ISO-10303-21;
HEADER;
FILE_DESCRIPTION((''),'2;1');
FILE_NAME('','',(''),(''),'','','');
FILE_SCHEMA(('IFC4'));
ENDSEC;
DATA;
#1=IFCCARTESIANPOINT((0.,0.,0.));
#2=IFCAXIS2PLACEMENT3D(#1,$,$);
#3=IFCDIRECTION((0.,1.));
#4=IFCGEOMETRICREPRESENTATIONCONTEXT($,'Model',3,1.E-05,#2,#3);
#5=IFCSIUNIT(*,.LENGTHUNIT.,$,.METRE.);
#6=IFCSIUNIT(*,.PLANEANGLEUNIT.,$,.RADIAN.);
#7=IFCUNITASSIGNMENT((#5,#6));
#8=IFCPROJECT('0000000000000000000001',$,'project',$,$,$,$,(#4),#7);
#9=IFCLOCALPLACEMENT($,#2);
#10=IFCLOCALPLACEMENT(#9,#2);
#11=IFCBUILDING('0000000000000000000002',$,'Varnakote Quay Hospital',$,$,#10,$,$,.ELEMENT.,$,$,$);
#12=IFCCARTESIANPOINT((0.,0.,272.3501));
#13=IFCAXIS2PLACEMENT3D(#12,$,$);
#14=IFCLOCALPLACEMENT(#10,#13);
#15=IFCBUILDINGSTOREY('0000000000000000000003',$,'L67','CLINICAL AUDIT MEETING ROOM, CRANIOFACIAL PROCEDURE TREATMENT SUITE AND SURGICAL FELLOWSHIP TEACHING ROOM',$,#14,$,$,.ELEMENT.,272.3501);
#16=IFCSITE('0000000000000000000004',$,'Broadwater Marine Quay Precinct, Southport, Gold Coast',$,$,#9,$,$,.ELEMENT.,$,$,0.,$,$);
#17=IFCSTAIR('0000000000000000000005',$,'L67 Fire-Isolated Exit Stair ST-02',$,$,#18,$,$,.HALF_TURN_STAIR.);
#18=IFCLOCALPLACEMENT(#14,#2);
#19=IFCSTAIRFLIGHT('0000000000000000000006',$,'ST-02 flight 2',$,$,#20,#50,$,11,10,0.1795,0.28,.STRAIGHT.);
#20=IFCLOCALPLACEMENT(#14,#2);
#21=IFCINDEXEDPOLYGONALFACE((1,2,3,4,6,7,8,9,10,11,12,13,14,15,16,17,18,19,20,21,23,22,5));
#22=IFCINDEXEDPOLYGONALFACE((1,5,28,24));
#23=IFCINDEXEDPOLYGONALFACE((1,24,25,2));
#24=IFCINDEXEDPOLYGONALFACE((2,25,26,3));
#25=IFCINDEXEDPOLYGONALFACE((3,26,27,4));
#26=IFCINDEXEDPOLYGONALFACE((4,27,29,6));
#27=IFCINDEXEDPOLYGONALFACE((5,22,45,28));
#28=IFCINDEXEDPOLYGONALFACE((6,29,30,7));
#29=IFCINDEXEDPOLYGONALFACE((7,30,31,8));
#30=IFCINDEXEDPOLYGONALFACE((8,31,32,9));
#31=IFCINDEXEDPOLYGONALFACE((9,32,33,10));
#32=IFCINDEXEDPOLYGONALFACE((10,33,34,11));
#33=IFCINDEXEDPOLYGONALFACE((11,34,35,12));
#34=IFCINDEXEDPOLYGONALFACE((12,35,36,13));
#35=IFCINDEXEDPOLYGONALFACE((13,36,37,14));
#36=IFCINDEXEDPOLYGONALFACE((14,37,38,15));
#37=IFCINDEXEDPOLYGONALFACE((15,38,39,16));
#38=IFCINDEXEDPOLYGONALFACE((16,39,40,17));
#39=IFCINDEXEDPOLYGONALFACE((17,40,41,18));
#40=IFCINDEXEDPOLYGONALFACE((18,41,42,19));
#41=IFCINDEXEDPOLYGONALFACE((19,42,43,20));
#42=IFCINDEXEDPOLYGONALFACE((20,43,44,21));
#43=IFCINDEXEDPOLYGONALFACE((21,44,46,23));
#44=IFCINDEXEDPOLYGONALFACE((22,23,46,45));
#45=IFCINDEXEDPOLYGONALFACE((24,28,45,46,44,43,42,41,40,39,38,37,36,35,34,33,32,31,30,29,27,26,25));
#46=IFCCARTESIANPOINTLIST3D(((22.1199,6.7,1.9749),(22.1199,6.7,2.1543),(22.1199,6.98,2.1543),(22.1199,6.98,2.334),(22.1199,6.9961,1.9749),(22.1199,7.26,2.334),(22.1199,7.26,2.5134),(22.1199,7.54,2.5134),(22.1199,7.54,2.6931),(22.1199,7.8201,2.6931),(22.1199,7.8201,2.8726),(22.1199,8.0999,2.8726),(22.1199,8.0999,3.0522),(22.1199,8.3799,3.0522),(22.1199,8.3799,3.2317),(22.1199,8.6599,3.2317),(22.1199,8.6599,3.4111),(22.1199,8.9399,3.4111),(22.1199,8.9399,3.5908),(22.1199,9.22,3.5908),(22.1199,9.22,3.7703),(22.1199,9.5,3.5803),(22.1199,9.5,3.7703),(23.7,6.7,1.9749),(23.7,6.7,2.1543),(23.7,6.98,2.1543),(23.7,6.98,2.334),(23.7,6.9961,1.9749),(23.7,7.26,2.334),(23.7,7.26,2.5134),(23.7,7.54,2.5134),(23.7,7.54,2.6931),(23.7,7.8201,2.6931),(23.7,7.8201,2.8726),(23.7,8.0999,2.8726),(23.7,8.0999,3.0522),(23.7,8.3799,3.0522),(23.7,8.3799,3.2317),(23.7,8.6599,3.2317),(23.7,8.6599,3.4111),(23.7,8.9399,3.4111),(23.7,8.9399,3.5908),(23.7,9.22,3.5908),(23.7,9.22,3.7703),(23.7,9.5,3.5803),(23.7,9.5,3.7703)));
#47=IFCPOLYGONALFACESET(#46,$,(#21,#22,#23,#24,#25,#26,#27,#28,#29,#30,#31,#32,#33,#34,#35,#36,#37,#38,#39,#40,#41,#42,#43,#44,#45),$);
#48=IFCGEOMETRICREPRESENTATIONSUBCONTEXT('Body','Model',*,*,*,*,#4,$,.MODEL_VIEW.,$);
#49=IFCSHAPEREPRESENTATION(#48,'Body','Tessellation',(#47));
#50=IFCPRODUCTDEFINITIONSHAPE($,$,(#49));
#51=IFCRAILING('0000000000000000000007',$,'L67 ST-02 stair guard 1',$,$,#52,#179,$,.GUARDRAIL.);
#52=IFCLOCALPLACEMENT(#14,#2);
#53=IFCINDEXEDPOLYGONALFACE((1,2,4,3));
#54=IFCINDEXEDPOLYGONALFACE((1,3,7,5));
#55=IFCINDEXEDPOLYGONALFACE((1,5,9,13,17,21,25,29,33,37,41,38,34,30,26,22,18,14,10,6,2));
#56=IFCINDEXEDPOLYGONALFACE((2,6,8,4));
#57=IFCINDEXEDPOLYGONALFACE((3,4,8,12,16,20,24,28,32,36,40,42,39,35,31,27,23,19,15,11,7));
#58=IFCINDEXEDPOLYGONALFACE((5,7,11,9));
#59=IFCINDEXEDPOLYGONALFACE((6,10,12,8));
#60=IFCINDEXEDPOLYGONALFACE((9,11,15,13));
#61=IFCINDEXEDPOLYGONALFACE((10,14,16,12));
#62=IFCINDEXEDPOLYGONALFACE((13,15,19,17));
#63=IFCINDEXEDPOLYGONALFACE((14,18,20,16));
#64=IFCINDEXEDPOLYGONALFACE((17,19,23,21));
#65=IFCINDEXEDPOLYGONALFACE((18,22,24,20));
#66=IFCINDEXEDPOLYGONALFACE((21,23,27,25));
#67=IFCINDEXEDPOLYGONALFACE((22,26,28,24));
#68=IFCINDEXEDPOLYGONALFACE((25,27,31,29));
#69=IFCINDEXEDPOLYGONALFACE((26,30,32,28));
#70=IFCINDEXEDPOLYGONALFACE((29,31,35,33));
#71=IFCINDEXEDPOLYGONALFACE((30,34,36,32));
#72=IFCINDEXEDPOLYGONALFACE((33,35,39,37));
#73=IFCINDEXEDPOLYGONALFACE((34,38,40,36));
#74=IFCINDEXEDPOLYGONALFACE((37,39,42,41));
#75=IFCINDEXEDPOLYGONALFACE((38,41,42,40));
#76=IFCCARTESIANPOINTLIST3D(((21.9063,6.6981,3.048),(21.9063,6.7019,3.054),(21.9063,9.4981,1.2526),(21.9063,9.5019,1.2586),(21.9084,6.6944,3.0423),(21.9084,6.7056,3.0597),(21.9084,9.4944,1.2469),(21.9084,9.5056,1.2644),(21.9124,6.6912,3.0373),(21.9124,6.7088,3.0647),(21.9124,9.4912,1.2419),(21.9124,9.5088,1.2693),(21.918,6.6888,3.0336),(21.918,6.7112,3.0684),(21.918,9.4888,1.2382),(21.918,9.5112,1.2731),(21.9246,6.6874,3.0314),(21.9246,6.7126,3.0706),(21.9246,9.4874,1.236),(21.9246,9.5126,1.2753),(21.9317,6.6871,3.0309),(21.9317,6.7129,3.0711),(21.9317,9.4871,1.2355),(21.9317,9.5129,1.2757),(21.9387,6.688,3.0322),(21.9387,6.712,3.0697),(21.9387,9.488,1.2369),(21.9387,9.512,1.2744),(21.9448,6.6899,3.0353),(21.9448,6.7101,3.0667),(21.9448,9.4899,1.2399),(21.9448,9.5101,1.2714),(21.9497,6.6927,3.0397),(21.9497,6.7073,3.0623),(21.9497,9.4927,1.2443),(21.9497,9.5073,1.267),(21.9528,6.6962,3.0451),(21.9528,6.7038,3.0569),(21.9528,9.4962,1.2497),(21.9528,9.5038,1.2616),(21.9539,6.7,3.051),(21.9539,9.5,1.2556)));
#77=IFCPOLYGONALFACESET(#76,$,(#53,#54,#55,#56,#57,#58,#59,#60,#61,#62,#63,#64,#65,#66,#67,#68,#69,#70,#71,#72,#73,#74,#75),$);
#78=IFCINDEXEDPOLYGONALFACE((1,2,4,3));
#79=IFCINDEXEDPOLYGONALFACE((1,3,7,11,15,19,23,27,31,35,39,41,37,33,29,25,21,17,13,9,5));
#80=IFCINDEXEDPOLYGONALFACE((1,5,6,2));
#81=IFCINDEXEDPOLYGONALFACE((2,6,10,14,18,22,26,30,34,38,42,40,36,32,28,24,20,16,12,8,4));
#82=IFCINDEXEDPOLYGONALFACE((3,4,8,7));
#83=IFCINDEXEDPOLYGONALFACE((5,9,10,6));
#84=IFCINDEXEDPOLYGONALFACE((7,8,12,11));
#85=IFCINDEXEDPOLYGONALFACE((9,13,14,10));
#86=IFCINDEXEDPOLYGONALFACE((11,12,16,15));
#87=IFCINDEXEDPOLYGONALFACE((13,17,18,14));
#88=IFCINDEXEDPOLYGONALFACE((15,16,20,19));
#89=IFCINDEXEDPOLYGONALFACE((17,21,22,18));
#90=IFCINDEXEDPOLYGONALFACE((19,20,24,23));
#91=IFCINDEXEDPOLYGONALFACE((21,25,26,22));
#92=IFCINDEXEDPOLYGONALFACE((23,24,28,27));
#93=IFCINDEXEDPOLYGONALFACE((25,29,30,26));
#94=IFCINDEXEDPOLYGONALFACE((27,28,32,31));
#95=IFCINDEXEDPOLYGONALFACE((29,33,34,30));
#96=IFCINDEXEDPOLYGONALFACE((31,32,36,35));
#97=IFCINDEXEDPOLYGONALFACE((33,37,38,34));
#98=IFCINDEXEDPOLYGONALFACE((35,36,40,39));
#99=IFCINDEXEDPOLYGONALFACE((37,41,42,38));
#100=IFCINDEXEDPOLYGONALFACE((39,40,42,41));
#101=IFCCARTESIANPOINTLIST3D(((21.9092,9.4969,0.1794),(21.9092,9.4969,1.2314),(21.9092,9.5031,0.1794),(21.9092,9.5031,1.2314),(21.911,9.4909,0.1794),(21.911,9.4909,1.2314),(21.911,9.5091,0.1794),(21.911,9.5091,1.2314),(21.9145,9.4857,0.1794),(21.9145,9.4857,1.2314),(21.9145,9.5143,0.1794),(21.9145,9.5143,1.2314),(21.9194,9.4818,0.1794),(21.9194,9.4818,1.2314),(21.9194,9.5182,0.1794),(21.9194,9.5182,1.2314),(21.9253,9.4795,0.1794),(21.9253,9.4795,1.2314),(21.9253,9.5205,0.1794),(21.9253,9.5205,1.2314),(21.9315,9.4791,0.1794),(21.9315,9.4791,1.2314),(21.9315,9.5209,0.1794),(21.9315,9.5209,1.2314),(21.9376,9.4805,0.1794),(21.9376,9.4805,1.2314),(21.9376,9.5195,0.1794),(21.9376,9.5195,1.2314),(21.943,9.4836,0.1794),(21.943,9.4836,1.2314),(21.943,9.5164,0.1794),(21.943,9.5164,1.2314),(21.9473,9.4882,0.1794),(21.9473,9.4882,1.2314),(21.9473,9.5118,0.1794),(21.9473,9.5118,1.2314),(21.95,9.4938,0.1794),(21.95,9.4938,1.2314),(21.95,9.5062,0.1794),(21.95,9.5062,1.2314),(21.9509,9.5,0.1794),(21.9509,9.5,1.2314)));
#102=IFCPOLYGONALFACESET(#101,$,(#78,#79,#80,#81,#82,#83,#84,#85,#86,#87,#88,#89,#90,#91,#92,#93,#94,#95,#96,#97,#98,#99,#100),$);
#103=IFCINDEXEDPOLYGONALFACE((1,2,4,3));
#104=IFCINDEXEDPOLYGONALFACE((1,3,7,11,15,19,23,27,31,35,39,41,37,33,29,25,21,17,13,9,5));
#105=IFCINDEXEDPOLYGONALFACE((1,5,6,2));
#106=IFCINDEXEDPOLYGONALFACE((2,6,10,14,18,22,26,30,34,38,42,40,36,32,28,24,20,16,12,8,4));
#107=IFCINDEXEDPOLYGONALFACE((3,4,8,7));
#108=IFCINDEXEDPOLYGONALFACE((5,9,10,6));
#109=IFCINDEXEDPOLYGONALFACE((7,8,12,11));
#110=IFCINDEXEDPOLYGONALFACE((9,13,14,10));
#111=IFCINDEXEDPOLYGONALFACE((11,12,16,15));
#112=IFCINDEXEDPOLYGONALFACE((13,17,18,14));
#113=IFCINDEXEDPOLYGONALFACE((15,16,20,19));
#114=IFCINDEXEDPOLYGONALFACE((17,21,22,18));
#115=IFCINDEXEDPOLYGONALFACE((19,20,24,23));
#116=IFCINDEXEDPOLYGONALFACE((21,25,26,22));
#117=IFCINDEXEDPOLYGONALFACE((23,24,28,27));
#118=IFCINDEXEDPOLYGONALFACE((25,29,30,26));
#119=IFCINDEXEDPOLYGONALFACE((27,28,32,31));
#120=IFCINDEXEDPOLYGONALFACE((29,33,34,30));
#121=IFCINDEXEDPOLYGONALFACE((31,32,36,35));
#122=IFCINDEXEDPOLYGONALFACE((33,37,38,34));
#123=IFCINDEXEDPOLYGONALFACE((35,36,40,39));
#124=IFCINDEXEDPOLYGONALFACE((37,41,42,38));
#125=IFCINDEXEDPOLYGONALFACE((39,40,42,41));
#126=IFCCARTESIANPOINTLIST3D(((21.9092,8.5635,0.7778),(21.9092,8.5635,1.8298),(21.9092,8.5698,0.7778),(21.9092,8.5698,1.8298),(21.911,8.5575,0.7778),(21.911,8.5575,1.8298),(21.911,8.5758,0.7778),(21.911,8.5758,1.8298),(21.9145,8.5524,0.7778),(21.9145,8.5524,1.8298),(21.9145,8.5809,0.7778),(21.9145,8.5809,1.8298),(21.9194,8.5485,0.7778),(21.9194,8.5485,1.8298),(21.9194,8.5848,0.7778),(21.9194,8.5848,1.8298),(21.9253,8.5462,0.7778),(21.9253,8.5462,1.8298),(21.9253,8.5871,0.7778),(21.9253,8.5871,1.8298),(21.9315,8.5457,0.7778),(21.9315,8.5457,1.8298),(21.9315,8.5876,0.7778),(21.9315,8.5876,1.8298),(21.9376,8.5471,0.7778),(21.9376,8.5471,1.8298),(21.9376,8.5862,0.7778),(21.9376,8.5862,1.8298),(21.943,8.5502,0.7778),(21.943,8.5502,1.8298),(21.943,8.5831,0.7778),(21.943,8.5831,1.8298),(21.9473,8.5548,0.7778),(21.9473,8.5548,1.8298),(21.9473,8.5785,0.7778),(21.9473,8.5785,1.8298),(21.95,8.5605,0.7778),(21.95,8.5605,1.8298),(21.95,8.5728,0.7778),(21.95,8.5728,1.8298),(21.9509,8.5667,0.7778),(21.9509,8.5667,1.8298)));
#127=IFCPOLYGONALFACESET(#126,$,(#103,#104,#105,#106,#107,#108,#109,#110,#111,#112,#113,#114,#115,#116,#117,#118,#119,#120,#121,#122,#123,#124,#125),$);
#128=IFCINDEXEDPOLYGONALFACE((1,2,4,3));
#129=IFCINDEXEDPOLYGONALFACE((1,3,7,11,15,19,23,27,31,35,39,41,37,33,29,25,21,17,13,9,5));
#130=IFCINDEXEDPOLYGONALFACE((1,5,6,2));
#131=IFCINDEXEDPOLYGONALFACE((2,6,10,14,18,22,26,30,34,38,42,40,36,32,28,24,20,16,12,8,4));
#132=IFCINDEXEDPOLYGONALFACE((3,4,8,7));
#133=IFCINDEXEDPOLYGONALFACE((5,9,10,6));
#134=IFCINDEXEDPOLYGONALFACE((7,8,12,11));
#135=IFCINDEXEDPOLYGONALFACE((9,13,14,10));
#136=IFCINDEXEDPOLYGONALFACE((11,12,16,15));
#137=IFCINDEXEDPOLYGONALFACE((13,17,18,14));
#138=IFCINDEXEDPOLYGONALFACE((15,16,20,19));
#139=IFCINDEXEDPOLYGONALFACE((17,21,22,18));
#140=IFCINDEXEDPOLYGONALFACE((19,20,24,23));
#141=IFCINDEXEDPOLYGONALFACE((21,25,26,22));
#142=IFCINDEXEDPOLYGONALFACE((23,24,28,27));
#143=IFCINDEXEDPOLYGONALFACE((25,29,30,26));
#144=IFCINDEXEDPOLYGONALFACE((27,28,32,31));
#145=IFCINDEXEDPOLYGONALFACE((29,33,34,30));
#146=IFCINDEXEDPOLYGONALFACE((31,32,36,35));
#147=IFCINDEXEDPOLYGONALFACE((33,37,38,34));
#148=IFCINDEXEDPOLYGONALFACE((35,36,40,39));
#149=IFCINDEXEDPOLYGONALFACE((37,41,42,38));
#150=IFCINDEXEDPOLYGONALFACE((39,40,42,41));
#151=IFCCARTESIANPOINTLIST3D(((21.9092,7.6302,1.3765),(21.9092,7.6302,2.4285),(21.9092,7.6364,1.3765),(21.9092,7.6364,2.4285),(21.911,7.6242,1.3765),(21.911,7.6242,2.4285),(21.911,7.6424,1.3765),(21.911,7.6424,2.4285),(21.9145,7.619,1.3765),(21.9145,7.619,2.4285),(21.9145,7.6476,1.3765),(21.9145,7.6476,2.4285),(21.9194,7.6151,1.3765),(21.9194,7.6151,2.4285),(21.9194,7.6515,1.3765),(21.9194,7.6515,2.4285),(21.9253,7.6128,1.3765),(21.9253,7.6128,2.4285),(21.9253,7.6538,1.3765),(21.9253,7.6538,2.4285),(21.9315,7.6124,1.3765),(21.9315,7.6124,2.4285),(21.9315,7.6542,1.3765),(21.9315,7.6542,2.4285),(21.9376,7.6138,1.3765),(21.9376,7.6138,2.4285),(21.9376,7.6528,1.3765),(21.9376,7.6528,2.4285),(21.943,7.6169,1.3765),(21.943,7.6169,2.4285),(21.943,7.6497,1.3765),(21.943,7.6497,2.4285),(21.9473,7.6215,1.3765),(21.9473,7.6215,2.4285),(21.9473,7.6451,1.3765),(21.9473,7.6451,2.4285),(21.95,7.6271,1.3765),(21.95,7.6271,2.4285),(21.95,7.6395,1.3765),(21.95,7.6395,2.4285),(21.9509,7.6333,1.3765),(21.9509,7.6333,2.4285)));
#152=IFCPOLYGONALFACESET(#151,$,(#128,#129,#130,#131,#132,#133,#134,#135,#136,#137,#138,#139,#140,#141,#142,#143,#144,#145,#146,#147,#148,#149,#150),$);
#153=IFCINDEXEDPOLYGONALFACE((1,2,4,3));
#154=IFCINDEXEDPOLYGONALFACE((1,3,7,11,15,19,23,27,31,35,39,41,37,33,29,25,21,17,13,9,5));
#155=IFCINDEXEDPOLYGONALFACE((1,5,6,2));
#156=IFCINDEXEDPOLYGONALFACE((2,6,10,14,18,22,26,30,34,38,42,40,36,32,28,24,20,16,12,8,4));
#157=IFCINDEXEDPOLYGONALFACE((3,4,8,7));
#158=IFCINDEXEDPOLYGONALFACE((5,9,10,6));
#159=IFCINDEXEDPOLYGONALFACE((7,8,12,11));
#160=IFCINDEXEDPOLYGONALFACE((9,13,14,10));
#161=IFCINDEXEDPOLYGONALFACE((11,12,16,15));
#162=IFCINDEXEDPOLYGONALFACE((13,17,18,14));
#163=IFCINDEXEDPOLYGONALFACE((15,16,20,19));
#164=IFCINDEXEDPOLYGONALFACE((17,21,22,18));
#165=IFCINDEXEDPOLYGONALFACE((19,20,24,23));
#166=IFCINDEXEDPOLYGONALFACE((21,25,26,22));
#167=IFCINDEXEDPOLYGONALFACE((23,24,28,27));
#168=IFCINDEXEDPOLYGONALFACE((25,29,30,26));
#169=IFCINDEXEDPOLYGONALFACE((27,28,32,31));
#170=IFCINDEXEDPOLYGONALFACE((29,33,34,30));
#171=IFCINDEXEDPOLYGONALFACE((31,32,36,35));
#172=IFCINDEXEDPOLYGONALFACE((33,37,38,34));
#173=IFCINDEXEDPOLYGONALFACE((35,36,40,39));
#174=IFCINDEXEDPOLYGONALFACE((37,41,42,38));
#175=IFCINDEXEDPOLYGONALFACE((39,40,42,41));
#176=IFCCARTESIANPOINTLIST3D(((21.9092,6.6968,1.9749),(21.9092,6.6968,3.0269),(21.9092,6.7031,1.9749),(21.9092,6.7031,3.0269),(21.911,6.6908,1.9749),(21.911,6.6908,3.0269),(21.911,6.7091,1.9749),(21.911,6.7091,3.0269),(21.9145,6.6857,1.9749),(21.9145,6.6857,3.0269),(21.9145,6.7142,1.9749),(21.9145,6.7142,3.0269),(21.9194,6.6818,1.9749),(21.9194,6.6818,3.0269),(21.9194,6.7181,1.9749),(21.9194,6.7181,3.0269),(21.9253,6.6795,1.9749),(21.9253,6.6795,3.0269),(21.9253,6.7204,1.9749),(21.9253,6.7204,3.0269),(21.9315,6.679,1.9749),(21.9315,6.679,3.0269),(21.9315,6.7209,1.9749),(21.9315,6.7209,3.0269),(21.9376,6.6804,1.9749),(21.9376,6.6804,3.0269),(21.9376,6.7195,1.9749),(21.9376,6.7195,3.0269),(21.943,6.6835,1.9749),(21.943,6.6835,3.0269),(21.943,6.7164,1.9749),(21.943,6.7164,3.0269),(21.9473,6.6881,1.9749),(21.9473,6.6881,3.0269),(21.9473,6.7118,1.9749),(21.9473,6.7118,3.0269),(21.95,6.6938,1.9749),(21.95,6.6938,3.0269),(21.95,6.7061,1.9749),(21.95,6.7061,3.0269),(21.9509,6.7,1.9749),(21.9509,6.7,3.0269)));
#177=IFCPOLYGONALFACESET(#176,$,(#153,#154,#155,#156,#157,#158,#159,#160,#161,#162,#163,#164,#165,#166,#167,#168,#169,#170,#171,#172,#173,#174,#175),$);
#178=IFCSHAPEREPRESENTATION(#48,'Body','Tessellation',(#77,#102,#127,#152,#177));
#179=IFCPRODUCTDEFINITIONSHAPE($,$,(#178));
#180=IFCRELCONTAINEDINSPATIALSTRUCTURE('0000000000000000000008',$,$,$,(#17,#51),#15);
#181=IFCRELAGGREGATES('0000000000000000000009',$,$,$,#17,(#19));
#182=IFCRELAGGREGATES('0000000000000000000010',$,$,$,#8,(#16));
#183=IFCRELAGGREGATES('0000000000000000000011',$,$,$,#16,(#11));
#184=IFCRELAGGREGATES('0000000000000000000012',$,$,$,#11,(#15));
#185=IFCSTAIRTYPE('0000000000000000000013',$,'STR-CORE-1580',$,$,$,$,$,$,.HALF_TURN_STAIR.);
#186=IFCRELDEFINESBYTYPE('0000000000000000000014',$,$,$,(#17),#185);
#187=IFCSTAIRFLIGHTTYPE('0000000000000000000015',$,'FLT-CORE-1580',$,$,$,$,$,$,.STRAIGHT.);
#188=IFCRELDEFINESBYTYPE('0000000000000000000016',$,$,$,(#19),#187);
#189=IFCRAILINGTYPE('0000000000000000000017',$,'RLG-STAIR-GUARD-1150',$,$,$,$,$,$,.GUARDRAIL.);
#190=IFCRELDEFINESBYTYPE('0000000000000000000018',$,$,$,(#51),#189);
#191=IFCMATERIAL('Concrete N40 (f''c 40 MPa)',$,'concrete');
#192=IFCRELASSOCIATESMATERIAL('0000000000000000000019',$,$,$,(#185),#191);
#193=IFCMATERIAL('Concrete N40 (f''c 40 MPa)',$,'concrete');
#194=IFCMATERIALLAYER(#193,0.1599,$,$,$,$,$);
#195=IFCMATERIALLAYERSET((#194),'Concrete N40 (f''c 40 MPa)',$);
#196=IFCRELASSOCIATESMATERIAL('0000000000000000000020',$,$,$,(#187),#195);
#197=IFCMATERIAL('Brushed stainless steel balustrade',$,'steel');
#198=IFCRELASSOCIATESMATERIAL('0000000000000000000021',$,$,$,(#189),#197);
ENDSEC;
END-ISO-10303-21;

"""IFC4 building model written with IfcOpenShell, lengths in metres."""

from ifc_helpers import new_model, si_unit, direction, frame, origin, origin_2d, place, context, subcontext, project, spatial, polyline, circle, outline, extrude, material, layer, layer_set, type_object, element, aggregate, save


model = new_model("IFC4")

# Units and contexts
model_context = context("Model", 3, precision=1e-05, world=origin(), true_north=direction((0.0, 1.0)))
body_context = subcontext(model_context, "Body", "Model", "MODEL_VIEW")
ifc_project = project(units=[si_unit("LENGTHUNIT", "METRE"), si_unit("PLANEANGLEUNIT", "RADIAN")], contexts=[model_context])

# Site, building, storey
site_placement = place(None, origin())
site = spatial("IfcSite", under=ifc_project, at=site_placement, Name="Broadwater Marine Quay Precinct, Southport, Gold Coast", CompositionType="ELEMENT", RefElevation=0.0)
building_placement = place(site_placement, origin())
building = spatial("IfcBuilding", under=site, at=building_placement, Name="Varnakote Quay Hospital", CompositionType="ELEMENT")
storey_placement = place(building_placement, frame((0.0, 0.0, 272.3501)))
storey = spatial("IfcBuildingStorey", under=building, at=storey_placement, Name="L67", Description="CLINICAL AUDIT MEETING ROOM, CRANIOFACIAL PROCEDURE TREATMENT SUITE AND SURGICAL FELLOWSHIP TEACHING ROOM", CompositionType="ELEMENT", Elevation=272.3501)

# Stair, stair flight
ifc_material_1 = material(Name="Concrete N40 (f'c 40 MPa)", Category="concrete")
stair_type = type_object("IfcStairType", Name="STR-CORE-1580", PredefinedType="HALF_TURN_STAIR", material=ifc_material_1)
stair_placement = place(storey_placement, origin())
stair = element("IfcStair", 1, at=stair_placement, inside=storey, type_object=stair_type, Name="L67 Fire-Isolated Exit Stair ST-02", PredefinedType="HALF_TURN_STAIR")
ifc_material_2 = material(Name="Concrete N40 (f'c 40 MPa)", Category="concrete")
ifc_layer_1 = layer(ifc_material_2, 0.1599)
ifc_layer_set_1 = layer_set([ifc_layer_1], Name="Concrete N40 (f'c 40 MPa)")
stair_flight_type = type_object("IfcStairFlightType", Name="FLT-CORE-1580", PredefinedType="STRAIGHT", material=ifc_layer_set_1)
stair_flight_1_placement = place(storey_placement, frame((22.9099, 6.7, 1.9749), z_axis=(0.0, 0.0, 1.0), x_axis=(0.0, 1.0, 0.0)))
stair_flight_1 = element("IfcStairFlight", 2, at=stair_flight_1_placement, type_object=stair_flight_type, Name="ST-02 flight 2", NumberOfRisers=11, NumberOfTreads=10, PredefinedType="STRAIGHT", RiserHeight=0.1795, TreadLength=0.28, context=body_context, shape_type="SweptSolid", body=[
    extrude(outline(polyline([(0.0, 0.0), (0.0, 0.1794), (0.28, 0.1794), (0.28, 0.3591), (0.5601, 0.3591), (0.5601, 0.5386), (0.8401, 0.5386), (0.8401, 0.7183), (1.1201, 0.7183), (1.1201, 0.8977), (1.3999, 0.8977), (1.3999, 1.0774), (1.6799, 1.0774), (1.6799, 1.2568), (1.96, 1.2568), (1.96, 1.4363), (2.24, 1.4363), (2.24, 1.616), (2.52, 1.616), (2.52, 1.7954), (2.8, 1.7954), (2.8, 1.9751), (2.8, 1.6055), (0.2961, 0.0), (0.0, 0.0)])), frame((0.0, 0.79, 0.0), z_axis=(0.0, -1.0, 0.0), x_axis=(1.0, 0.0, 0.0)), (0.0, 0.0, 1.0), 1.5801),
])
aggregate(stair, [stair_flight_1])

# Railing
ifc_material_3 = material(Name="Brushed stainless steel balustrade", Category="steel")
railing_type_1 = type_object("IfcRailingType", Name="RLG-STAIR-GUARD-1150", PredefinedType="GUARDRAIL", material=ifc_material_3)
railing_1_placement = place(storey_placement, frame((21.9299, 9.5, 0.1794)))
element("IfcRailing", 3, at=railing_1_placement, inside=storey, type_object=railing_type_1, Name="L67 ST-02 stair guard 1", PredefinedType="GUARDRAIL", context=body_context, shape_type="SweptSolid", body=[
    extrude(circle(Radius=0.0239, at=origin_2d()), frame((0.0, 0.0, 1.0762), z_axis=(0.0, -0.84181, 0.539774), x_axis=(1.0, 0.0, 0.0)), (0.0, 0.0, 1.0), 3.3262),
    extrude(circle(Radius=0.021, at=origin_2d()), origin(), (0.0, 0.0, 1.0), 1.052),
    extrude(circle(Radius=0.021, at=origin_2d()), frame((0.0, -0.9333, 0.5984)), (0.0, 0.0, 1.0), 1.052),
    extrude(circle(Radius=0.021, at=origin_2d()), frame((0.0, -1.8667, 1.197)), (0.0, 0.0, 1.0), 1.052),
    extrude(circle(Radius=0.021, at=origin_2d()), frame((0.0, -2.8, 1.7954)), (0.0, 0.0, 1.0), 1.052),
])

save(model, "model.ifc")
